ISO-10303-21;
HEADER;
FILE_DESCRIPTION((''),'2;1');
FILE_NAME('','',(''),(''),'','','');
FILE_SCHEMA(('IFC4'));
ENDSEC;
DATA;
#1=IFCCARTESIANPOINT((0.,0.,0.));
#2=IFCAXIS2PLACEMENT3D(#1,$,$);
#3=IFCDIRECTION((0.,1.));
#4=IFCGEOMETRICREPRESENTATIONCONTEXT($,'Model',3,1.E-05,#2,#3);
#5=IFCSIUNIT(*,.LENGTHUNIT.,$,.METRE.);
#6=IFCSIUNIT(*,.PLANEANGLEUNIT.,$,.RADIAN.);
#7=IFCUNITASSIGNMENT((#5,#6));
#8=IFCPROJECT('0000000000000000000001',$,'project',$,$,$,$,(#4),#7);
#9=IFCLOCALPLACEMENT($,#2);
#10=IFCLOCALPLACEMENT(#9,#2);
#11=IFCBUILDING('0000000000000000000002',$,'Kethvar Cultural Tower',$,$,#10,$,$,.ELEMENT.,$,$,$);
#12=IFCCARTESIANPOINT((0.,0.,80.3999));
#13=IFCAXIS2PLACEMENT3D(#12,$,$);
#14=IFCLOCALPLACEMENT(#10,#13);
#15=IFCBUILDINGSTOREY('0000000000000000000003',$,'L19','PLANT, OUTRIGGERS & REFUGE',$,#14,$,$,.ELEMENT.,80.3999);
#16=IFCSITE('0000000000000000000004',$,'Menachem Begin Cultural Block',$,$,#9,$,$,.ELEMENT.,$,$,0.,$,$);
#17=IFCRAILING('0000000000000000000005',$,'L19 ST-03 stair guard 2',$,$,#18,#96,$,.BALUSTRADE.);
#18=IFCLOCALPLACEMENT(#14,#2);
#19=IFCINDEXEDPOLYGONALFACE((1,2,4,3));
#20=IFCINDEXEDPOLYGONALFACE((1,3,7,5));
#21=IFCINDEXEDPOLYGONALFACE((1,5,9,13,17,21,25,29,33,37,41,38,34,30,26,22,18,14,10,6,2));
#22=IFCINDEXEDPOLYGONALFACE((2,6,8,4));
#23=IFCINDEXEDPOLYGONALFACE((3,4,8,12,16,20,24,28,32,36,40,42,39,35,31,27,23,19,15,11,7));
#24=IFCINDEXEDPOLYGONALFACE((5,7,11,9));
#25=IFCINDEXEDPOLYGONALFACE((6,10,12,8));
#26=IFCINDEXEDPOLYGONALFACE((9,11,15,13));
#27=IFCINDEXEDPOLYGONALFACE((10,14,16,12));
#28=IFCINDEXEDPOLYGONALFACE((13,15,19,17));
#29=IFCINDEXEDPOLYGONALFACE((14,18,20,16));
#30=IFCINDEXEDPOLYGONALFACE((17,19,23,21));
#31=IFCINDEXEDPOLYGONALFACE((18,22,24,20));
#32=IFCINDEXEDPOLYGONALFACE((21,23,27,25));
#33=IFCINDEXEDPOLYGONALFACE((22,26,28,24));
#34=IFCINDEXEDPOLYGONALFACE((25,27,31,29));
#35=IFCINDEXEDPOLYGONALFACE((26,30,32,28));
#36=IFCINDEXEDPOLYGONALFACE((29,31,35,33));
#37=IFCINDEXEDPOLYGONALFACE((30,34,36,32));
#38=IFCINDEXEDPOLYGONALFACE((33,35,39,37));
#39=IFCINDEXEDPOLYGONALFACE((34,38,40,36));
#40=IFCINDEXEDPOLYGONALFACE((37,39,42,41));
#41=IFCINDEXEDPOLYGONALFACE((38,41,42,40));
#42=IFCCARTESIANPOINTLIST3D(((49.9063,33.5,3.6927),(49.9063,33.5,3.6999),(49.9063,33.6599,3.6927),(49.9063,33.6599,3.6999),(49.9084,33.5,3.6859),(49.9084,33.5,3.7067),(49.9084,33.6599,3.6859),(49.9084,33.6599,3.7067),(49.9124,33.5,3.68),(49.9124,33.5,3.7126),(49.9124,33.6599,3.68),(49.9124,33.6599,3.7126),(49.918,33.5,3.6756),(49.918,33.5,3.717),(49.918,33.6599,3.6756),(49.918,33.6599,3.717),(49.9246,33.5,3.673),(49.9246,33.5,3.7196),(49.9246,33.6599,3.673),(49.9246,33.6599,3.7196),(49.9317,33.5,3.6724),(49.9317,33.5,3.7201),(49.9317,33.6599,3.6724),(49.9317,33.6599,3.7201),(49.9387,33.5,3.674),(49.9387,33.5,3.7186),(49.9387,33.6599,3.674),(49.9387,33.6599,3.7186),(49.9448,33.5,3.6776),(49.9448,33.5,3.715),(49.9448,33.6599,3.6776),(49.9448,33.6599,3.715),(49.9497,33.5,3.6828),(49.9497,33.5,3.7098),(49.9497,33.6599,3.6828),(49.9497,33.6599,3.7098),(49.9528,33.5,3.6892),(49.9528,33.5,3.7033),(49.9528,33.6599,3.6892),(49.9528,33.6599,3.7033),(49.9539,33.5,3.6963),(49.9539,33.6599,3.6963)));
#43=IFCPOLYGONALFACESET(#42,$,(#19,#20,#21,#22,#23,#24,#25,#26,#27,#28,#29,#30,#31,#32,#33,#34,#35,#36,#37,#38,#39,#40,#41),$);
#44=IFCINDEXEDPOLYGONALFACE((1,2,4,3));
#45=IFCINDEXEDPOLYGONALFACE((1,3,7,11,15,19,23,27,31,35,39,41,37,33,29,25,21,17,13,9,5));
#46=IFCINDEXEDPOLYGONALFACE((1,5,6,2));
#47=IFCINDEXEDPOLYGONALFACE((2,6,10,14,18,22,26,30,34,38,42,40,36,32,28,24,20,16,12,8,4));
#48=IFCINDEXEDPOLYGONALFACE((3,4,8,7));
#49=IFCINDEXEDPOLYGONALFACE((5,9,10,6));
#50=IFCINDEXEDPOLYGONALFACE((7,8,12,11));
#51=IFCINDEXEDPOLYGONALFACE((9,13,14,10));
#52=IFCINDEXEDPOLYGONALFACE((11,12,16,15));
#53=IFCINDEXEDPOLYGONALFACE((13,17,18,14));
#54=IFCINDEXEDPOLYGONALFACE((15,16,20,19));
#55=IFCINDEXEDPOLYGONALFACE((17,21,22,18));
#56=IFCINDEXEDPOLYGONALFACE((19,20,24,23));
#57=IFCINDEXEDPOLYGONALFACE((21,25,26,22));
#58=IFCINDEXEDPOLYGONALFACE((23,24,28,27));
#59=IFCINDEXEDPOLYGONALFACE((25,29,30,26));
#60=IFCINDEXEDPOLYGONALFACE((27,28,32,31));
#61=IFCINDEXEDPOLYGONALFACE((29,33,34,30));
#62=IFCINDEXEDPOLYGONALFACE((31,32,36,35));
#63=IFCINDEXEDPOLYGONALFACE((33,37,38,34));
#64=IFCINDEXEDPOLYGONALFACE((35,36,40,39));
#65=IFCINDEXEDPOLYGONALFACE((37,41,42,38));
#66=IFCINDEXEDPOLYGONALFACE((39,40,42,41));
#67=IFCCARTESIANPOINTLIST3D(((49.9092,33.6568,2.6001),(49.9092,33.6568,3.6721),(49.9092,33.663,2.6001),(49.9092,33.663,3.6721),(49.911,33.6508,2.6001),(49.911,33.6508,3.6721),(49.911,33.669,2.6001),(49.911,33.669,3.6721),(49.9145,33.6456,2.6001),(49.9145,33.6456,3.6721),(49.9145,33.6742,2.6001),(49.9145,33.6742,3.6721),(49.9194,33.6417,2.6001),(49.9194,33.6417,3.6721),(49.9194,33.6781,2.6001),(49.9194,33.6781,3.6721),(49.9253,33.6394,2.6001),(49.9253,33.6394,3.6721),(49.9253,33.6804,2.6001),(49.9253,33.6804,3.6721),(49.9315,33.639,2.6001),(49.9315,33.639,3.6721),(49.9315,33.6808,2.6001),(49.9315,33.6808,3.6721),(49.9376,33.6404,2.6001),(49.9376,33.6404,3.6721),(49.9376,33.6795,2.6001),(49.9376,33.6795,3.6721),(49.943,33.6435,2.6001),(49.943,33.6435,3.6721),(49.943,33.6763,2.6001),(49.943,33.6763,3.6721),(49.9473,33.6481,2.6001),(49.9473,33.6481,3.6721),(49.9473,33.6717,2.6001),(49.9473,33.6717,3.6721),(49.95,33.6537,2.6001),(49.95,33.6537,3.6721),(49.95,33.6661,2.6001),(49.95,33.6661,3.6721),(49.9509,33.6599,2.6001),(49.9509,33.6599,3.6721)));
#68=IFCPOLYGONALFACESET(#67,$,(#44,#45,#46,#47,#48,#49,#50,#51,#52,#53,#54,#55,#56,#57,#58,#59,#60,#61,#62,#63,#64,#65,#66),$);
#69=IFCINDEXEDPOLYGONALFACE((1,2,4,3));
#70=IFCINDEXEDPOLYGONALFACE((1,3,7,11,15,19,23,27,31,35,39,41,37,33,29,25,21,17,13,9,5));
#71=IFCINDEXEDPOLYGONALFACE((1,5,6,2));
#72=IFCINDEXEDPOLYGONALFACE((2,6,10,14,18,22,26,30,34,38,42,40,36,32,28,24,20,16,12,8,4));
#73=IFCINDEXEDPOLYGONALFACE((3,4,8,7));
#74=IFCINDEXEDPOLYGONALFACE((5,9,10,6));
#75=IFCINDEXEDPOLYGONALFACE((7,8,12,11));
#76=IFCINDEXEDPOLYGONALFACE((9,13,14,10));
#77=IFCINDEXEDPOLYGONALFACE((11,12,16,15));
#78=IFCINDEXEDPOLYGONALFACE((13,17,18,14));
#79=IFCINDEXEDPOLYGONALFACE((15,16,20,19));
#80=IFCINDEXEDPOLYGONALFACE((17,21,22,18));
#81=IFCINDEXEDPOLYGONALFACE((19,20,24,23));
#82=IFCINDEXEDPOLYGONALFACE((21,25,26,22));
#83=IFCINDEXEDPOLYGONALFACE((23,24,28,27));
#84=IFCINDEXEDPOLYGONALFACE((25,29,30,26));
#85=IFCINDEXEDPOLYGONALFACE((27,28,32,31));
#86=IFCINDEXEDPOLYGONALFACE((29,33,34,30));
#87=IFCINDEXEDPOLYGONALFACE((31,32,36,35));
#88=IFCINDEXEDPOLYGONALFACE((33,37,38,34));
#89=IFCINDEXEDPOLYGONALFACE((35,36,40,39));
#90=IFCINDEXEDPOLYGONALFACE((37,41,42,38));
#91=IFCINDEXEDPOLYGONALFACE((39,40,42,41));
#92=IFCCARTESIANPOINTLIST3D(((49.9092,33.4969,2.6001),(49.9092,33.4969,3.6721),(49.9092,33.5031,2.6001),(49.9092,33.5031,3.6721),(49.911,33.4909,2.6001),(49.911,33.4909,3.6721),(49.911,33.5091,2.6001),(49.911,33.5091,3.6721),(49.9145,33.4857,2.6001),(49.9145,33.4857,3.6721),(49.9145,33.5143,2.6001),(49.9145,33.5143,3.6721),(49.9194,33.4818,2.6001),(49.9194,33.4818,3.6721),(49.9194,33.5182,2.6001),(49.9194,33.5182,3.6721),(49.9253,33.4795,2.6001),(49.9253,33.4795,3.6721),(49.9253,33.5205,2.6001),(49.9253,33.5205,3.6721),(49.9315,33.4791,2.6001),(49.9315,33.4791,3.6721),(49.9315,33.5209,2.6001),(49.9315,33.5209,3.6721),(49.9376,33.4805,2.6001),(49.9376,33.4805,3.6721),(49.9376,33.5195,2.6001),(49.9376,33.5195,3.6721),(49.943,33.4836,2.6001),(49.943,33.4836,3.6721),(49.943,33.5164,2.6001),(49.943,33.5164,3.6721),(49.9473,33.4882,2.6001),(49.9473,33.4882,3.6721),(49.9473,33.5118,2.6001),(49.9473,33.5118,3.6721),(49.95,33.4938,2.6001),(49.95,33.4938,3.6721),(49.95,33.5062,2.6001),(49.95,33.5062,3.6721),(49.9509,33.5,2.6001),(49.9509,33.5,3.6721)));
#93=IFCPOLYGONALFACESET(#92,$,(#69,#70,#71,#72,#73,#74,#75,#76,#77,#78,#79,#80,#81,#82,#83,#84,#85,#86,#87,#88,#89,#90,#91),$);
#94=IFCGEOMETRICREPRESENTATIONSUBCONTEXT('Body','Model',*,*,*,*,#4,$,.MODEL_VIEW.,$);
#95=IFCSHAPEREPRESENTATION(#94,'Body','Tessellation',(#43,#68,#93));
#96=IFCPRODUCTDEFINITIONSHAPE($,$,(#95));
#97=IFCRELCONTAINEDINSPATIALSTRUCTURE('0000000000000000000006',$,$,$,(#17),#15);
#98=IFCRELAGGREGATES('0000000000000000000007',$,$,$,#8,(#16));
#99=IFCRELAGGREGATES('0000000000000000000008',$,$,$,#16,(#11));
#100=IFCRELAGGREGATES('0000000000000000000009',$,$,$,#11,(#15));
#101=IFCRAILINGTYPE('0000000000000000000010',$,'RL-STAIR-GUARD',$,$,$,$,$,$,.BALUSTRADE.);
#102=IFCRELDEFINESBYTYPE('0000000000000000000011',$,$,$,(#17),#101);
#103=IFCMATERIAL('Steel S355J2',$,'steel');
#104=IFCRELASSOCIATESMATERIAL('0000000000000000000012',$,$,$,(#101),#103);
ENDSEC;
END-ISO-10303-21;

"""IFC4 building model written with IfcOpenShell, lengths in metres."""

from ifc_helpers import new_model, si_unit, direction, frame, origin, origin_2d, place, context, subcontext, project, spatial, circle, extrude, material, type_object, element, save


model = new_model("IFC4")

# Units and contexts
model_context = context("Model", 3, precision=1e-05, world=origin(), true_north=direction((0.0, 1.0)))
body_context = subcontext(model_context, "Body", "Model", "MODEL_VIEW")
ifc_project = project(units=[si_unit("LENGTHUNIT", "METRE"), si_unit("PLANEANGLEUNIT", "RADIAN")], contexts=[model_context])

# Site, building, storey
site_placement = place(None, origin())
site = spatial("IfcSite", under=ifc_project, at=site_placement, Name="Menachem Begin Cultural Block", CompositionType="ELEMENT", RefElevation=0.0)
building_placement = place(site_placement, origin())
building = spatial("IfcBuilding", under=site, at=building_placement, Name="Kethvar Cultural Tower", CompositionType="ELEMENT")
storey_placement = place(building_placement, frame((0.0, 0.0, 80.3999)))
storey = spatial("IfcBuildingStorey", under=building, at=storey_placement, Name="L19", Description="PLANT, OUTRIGGERS & REFUGE", CompositionType="ELEMENT", Elevation=80.3999)

# Railing
ifc_material_1 = material(Name="Steel S355J2", Category="steel")
railing_type_1 = type_object("IfcRailingType", Name="RL-STAIR-GUARD", PredefinedType="BALUSTRADE", material=ifc_material_1)
railing_1_placement = place(storey_placement, frame((49.9299, 33.6599, 2.6001)))
element("IfcRailing", 1, at=railing_1_placement, inside=storey, type_object=railing_type_1, Name="L19 ST-03 stair guard 2", PredefinedType="BALUSTRADE", context=body_context, shape_type="SweptSolid", body=[
    extrude(circle(Radius=0.0239, at=origin_2d()), frame((0.0, 0.0, 1.0962), z_axis=(0.0, -1.0, 0.0), x_axis=(1.0, 0.0, 0.0)), (0.0, 0.0, 1.0), 0.1599),
    extrude(circle(Radius=0.021, at=origin_2d()), origin(), (0.0, 0.0, 1.0), 1.072),
    extrude(circle(Radius=0.021, at=origin_2d()), frame((0.0, -0.1599, 0.0)), (0.0, 0.0, 1.0), 1.072),
])

save(model, "model.ifc")
